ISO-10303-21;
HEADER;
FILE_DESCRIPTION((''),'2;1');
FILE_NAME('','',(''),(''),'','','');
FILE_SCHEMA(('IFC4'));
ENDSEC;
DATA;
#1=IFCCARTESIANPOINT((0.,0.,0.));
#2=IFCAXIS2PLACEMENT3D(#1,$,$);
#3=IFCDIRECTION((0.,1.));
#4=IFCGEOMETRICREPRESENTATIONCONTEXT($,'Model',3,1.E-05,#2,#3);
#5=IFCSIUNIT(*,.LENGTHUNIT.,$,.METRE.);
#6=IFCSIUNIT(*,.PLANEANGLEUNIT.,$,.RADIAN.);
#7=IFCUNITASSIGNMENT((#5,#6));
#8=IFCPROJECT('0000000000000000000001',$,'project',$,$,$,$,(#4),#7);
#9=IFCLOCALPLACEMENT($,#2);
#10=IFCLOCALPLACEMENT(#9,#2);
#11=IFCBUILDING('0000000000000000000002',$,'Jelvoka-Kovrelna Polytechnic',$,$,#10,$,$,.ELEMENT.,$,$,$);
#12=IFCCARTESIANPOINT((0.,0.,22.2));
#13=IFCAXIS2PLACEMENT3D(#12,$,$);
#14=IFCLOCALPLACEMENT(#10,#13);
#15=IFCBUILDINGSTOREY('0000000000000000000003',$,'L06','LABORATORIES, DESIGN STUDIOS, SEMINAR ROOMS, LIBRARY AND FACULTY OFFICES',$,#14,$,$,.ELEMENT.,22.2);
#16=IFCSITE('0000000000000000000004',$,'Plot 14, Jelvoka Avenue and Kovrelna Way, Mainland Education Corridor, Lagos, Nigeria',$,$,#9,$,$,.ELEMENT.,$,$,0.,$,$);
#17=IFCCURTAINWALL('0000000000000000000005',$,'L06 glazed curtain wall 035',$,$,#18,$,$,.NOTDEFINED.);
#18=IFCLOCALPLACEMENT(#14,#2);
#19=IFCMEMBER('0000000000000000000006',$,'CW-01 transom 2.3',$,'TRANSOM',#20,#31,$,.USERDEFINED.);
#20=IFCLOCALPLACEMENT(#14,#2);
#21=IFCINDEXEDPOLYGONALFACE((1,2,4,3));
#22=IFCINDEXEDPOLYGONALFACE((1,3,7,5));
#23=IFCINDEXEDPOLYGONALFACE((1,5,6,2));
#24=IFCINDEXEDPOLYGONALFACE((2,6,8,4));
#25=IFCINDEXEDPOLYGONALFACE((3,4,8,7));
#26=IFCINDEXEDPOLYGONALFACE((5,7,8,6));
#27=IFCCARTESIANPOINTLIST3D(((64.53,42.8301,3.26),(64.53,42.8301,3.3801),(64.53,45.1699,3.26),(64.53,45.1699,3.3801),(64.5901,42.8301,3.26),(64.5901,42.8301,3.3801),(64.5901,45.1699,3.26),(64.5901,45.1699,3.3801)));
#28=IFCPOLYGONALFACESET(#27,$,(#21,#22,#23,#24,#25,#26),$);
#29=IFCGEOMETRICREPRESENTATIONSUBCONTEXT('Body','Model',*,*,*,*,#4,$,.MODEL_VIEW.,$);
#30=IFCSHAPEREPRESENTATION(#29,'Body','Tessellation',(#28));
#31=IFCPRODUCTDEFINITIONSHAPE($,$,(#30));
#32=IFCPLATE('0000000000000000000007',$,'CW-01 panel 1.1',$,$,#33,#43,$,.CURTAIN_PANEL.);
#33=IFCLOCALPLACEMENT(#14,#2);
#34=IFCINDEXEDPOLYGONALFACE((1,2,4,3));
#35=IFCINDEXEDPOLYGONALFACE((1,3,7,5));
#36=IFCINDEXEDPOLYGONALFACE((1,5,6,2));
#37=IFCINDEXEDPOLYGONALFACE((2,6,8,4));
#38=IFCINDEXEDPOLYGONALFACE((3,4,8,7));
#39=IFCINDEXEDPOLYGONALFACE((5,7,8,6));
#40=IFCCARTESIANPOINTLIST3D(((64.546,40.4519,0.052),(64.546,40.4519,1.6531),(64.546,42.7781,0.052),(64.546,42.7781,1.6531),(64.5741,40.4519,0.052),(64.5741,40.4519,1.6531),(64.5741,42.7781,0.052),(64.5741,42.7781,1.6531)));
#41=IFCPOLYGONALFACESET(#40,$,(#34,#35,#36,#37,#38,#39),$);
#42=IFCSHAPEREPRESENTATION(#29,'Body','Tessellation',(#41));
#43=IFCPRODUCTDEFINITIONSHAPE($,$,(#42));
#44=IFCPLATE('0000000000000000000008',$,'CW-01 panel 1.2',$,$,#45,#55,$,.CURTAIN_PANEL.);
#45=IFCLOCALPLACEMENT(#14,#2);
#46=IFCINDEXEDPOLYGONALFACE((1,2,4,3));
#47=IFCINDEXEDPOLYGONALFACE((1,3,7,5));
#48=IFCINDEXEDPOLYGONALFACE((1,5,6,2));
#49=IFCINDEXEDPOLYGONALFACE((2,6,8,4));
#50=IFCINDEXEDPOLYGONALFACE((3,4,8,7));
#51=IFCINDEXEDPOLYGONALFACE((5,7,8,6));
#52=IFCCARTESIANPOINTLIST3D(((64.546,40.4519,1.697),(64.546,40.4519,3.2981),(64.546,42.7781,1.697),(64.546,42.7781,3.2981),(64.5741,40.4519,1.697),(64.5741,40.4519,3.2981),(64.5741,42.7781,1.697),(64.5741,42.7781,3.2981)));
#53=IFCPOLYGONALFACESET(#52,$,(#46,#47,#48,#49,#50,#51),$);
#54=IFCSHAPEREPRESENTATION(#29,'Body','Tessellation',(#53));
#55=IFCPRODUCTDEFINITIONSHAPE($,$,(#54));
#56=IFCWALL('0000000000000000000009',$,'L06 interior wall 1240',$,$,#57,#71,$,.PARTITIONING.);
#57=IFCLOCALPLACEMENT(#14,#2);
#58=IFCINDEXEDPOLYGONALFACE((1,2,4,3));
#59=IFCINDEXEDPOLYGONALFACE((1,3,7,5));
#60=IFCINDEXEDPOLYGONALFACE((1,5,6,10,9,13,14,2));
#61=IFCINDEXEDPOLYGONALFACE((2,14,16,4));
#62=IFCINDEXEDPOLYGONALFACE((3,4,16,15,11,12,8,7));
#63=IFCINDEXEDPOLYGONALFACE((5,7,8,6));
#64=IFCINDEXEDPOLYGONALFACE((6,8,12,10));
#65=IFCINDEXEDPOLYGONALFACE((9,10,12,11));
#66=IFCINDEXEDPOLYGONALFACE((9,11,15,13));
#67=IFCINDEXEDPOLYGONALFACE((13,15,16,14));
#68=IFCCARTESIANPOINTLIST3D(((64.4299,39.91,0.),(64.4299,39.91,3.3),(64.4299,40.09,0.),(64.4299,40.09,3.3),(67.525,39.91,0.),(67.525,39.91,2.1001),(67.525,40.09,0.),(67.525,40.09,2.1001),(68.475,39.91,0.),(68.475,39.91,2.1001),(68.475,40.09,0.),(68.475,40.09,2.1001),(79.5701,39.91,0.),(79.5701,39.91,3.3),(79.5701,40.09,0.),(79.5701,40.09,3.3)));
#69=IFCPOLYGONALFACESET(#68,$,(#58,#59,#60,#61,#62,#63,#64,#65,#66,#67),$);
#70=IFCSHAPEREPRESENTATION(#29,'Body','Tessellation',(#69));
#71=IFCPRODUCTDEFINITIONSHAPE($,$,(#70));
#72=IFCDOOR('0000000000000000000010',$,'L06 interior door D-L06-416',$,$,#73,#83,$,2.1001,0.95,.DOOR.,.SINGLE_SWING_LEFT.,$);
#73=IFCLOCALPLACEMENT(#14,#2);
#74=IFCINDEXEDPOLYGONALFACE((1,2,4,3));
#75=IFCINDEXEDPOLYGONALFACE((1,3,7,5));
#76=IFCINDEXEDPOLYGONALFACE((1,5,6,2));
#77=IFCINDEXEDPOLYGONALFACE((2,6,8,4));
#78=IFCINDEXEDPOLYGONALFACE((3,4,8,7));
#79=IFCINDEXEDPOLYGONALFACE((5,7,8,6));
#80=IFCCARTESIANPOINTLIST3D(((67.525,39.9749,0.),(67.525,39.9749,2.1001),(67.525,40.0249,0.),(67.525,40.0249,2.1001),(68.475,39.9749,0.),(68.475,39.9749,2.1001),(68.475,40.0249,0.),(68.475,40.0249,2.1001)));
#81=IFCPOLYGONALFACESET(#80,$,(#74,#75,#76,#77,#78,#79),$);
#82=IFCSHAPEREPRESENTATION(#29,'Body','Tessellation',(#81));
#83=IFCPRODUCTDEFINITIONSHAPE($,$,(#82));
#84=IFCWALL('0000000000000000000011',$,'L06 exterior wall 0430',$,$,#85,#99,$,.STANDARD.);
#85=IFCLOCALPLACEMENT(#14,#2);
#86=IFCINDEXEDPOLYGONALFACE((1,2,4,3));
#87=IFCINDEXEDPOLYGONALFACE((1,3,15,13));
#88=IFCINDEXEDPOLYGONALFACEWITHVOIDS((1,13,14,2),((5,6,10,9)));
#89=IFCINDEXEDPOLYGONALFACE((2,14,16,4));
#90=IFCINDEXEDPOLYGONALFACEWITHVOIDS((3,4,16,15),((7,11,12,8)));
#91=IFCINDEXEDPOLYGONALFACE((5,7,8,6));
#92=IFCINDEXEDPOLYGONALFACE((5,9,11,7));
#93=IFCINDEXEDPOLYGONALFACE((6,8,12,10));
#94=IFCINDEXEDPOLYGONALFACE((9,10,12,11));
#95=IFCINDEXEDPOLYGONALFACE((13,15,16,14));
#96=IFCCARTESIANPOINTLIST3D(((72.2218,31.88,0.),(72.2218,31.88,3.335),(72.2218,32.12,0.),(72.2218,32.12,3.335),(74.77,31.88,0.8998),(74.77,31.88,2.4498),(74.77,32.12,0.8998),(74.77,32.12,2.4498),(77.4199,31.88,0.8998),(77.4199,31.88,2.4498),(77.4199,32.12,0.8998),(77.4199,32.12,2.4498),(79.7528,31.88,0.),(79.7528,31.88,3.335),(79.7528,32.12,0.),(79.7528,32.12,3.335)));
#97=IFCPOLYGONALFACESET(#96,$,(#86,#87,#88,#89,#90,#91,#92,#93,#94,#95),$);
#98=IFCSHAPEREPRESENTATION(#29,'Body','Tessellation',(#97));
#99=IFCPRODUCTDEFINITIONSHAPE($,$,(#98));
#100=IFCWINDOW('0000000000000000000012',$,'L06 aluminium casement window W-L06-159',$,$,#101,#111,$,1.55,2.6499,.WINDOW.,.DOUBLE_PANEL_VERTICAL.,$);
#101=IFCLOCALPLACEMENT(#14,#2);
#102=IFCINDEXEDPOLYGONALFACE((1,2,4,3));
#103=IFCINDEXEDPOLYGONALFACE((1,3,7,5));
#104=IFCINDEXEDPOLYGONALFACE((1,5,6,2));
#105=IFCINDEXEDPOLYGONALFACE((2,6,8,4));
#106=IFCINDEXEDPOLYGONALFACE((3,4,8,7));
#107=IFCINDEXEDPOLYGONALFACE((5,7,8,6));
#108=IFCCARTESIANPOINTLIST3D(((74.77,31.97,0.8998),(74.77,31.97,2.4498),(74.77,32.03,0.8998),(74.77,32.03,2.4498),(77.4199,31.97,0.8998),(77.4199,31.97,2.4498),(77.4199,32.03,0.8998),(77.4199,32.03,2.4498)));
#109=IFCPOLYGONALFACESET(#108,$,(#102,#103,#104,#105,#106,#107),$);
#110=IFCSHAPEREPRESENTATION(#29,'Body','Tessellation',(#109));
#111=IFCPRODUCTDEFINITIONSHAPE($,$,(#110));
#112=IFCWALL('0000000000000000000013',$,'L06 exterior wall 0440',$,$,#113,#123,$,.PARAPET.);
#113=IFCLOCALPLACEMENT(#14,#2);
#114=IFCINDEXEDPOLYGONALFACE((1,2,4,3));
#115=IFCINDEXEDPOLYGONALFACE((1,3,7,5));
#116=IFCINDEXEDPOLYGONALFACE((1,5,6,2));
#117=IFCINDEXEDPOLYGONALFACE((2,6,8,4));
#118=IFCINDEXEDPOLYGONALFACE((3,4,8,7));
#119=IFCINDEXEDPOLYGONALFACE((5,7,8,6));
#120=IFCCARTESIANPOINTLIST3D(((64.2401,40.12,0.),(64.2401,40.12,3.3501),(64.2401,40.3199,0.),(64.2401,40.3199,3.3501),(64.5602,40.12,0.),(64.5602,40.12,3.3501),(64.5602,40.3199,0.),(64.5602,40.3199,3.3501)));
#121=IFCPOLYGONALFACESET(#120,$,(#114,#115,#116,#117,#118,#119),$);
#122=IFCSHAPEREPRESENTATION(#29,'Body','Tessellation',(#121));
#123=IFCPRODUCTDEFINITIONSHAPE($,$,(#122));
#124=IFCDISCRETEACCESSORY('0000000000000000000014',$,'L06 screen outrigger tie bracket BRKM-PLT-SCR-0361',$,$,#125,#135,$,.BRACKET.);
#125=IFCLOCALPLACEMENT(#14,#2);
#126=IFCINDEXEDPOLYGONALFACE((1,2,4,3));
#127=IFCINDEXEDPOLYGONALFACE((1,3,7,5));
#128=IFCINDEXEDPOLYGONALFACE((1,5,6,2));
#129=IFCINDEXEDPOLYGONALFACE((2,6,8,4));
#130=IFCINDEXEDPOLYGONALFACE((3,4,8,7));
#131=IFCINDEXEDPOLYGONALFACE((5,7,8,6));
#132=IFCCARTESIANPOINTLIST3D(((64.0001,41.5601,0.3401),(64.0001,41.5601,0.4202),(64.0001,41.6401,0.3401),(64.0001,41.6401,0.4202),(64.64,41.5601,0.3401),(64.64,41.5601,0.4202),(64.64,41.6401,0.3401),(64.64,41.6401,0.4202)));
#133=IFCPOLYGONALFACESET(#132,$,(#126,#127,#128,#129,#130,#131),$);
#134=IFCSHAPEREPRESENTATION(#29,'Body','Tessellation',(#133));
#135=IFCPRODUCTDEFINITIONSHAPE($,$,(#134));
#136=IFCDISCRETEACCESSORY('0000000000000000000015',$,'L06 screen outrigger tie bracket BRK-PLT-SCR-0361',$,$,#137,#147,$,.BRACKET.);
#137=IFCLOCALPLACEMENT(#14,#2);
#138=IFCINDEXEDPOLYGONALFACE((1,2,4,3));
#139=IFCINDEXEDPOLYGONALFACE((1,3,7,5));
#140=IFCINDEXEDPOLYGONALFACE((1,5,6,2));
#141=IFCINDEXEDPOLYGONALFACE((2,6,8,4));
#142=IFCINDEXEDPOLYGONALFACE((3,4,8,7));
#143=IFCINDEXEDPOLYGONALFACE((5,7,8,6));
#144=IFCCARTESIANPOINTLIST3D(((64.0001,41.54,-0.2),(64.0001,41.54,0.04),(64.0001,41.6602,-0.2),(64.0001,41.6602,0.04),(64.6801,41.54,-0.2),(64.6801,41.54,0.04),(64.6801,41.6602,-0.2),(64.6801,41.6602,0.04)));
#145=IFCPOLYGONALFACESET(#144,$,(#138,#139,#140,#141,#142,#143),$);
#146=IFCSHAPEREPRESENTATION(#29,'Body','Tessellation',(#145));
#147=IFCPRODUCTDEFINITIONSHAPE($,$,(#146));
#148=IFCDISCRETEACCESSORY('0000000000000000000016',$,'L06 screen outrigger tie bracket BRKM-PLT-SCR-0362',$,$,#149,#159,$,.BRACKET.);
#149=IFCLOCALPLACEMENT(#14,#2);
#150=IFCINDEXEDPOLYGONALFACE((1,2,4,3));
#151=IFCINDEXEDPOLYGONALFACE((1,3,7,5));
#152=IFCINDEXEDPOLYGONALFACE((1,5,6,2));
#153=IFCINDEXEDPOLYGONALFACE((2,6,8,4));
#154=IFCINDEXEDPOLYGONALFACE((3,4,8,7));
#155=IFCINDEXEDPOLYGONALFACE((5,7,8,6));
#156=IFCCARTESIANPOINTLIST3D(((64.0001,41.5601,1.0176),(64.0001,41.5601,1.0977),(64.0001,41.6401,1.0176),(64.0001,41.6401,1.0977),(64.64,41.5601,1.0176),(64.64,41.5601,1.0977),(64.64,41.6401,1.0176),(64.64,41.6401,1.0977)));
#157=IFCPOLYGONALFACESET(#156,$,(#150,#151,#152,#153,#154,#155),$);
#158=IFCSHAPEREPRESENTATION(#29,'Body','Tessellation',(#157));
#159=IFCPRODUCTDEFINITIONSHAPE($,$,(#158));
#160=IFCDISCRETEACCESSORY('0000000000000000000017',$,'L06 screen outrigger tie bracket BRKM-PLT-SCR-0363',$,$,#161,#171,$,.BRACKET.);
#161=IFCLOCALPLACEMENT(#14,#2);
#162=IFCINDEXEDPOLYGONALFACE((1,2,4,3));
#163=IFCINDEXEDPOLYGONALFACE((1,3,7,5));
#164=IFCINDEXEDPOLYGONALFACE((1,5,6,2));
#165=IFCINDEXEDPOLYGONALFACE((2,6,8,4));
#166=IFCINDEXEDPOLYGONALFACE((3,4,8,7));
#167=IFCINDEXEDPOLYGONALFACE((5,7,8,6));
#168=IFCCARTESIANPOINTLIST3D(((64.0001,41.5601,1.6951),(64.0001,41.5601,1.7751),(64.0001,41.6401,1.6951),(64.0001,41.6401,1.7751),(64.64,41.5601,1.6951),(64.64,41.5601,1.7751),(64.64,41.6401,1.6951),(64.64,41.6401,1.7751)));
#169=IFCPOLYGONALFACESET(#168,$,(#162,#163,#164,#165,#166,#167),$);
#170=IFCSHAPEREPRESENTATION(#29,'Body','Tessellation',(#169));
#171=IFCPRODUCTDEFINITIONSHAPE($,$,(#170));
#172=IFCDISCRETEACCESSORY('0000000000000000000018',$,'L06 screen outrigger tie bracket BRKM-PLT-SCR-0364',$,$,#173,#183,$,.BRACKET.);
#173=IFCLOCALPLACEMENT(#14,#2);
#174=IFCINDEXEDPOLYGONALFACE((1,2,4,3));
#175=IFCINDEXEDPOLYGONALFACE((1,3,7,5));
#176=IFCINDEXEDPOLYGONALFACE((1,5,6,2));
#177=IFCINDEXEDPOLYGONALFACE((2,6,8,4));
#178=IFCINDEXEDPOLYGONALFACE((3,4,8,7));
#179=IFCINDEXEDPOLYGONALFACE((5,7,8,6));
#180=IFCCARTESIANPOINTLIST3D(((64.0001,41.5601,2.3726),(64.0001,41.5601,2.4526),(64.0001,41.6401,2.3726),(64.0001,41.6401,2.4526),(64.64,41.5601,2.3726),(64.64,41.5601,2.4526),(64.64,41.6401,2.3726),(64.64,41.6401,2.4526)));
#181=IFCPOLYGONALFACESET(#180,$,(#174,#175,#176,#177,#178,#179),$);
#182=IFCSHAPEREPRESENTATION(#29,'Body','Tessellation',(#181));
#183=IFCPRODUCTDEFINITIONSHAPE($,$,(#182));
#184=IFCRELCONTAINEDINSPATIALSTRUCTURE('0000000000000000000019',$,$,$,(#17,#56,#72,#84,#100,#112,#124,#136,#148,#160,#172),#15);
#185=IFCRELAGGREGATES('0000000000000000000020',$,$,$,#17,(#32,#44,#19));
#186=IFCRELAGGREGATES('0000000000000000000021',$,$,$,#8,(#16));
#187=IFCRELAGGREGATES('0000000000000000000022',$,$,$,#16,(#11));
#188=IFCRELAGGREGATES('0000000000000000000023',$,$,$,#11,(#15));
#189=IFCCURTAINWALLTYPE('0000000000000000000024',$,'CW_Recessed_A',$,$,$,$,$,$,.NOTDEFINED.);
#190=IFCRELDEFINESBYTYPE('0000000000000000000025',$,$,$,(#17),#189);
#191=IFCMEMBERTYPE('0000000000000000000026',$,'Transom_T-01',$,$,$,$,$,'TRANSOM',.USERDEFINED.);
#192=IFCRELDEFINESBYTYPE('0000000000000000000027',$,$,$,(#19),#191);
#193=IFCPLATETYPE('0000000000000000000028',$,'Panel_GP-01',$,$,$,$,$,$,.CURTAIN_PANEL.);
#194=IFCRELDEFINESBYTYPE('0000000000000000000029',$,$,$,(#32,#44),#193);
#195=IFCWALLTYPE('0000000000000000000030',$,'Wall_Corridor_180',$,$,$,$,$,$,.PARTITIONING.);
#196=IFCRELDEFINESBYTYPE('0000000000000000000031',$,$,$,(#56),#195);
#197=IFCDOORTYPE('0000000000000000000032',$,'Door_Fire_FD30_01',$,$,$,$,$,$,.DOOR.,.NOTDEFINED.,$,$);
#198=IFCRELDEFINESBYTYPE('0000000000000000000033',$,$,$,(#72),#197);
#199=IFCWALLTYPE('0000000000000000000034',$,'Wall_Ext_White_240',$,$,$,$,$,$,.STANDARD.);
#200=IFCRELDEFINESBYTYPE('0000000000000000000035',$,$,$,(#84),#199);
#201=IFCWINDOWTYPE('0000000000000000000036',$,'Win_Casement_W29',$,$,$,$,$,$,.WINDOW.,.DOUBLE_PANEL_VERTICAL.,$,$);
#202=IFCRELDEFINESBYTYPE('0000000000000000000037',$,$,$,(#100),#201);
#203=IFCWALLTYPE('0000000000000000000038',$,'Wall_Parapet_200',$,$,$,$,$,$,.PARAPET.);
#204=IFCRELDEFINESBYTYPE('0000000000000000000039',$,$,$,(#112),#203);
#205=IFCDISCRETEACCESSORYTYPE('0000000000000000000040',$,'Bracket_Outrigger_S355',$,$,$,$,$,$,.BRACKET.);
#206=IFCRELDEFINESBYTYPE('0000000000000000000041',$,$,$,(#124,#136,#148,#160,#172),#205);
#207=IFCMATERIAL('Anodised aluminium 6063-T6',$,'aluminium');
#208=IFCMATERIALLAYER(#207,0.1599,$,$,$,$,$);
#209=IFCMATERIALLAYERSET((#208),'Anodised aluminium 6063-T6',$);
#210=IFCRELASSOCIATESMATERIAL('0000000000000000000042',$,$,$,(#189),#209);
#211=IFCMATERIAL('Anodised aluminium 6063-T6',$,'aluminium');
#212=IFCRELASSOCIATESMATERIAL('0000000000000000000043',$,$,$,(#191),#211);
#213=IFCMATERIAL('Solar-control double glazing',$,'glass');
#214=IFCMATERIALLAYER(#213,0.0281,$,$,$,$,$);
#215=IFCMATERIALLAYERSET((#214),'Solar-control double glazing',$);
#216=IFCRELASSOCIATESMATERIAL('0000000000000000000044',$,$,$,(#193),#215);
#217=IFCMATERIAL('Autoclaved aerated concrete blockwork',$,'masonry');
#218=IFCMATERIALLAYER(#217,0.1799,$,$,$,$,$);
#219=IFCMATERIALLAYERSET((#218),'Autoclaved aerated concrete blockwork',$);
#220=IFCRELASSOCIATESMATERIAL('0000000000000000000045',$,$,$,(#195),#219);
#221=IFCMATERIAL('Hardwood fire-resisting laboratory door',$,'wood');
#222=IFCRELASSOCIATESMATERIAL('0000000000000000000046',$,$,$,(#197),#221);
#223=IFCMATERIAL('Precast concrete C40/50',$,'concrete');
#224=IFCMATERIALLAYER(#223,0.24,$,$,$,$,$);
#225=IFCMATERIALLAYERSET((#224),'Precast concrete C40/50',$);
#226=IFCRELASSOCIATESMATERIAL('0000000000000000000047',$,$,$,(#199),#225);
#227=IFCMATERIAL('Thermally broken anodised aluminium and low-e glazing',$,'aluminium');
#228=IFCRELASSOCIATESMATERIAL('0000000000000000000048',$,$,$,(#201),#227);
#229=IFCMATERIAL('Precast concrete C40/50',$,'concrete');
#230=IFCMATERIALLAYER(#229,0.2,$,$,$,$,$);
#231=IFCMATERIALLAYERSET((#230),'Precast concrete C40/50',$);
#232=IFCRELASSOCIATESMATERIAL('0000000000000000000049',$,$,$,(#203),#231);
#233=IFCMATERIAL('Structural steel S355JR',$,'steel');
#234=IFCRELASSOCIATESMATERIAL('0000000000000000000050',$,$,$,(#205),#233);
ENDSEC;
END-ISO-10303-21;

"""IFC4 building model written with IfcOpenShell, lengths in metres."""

from ifc_helpers import new_model, si_unit, direction, frame, frame_2d, origin, origin_2d, place, context, subcontext, project, spatial, rectangle, extrude, material, layer, layer_set, material_profile, profile_set, type_object, element, fill, aggregate, save


model = new_model("IFC4")

# Units and contexts
model_context = context("Model", 3, precision=1e-05, world=origin(), true_north=direction((0.0, 1.0)))
body_context = subcontext(model_context, "Body", "Model", "MODEL_VIEW")
ifc_project = project(units=[si_unit("LENGTHUNIT", "METRE"), si_unit("PLANEANGLEUNIT", "RADIAN")], contexts=[model_context])

# Site, building, storey
site_placement = place(None, origin())
site = spatial("IfcSite", under=ifc_project, at=site_placement, Name="Plot 14, Jelvoka Avenue and Kovrelna Way, Mainland Education Corridor, Lagos, Nigeria", CompositionType="ELEMENT", RefElevation=0.0)
building_placement = place(site_placement, origin())
building = spatial("IfcBuilding", under=site, at=building_placement, Name="Jelvoka-Kovrelna Polytechnic", CompositionType="ELEMENT")
storey_placement = place(building_placement, frame((0.0, 0.0, 22.2)))
storey = spatial("IfcBuildingStorey", under=building, at=storey_placement, Name="L06", Description="LABORATORIES, DESIGN STUDIOS, SEMINAR ROOMS, LIBRARY AND FACULTY OFFICES", CompositionType="ELEMENT", Elevation=22.2)

# Curtain wall, member, plates
ifc_material_1 = material(Name="Anodised aluminium 6063-T6", Category="aluminium")
ifc_layer_1 = layer(ifc_material_1, 0.1599)
ifc_layer_set_1 = layer_set([ifc_layer_1], Name="Anodised aluminium 6063-T6")
curtain_wall_type = type_object("IfcCurtainWallType", Name="CW_Recessed_A", PredefinedType="NOTDEFINED", material=ifc_layer_set_1)
curtain_wall_placement = place(storey_placement, origin())
curtain_wall = element("IfcCurtainWall", 1, at=curtain_wall_placement, inside=storey, type_object=curtain_wall_type, Name="L06 glazed curtain wall 035", PredefinedType="NOTDEFINED")
ifc_material_2 = material(Name="Anodised aluminium 6063-T6", Category="aluminium")
ifc_material_profile_1 = material_profile(ifc_material_2, rectangle(XDim=0.0601, YDim=0.1201, at=origin_2d()), Name="ALU 60x120")
ifc_profile_set_1 = profile_set([ifc_material_profile_1], Name="Anodised aluminium 6063-T6")
member_type_1 = type_object("IfcMemberType", Name="Transom_T-01", ElementType="TRANSOM", PredefinedType="USERDEFINED", material=ifc_profile_set_1)
member_1_placement = place(storey_placement, frame((64.5601, 42.8301, 3.3201), z_axis=(0.0, 1.0, 0.0), x_axis=(-1.0, 0.0, 0.0)))
member_1 = element("IfcMember", 2, at=member_1_placement, type_object=member_type_1, Name="CW-01 transom 2.3", ObjectType="TRANSOM", PredefinedType="USERDEFINED", context=body_context, shape_type="SweptSolid", body=[
    extrude(rectangle(XDim=0.0601, YDim=0.1201, at=origin_2d()), origin(), (0.0, 0.0, 1.0), 2.3398),
])
ifc_material_3 = material(Name="Solar-control double glazing", Category="glass")
ifc_layer_2 = layer(ifc_material_3, 0.0281)
ifc_layer_set_2 = layer_set([ifc_layer_2], Name="Solar-control double glazing")
plate_type = type_object("IfcPlateType", Name="Panel_GP-01", PredefinedType="CURTAIN_PANEL", material=ifc_layer_set_2)
plate_1_placement = place(storey_placement, frame((64.5601, 41.615, 0.052), z_axis=(0.0, 0.0, 1.0), x_axis=(0.0, 1.0, 0.0)))
plate_1 = element("IfcPlate", 3, at=plate_1_placement, type_object=plate_type, Name="CW-01 panel 1.1", PredefinedType="CURTAIN_PANEL", context=body_context, shape_type="SweptSolid", body=[
    extrude(rectangle(XDim=2.3262, YDim=0.0281, at=origin_2d()), origin(), (0.0, 0.0, 1.0), 1.6011),
])
plate_2_placement = place(storey_placement, frame((64.5601, 41.615, 1.697), z_axis=(0.0, 0.0, 1.0), x_axis=(0.0, 1.0, 0.0)))
plate_2 = element("IfcPlate", 4, at=plate_2_placement, type_object=plate_type, Name="CW-01 panel 1.2", PredefinedType="CURTAIN_PANEL", context=body_context, shape_type="SweptSolid", body=[
    extrude(rectangle(XDim=2.3262, YDim=0.0281, at=origin_2d()), origin(), (0.0, 0.0, 1.0), 1.6011),
])
aggregate(curtain_wall, [plate_1, plate_2, member_1])

# Wall, opening, door
ifc_material_4 = material(Name="Autoclaved aerated concrete blockwork", Category="masonry")
ifc_layer_3 = layer(ifc_material_4, 0.1799)
ifc_layer_set_3 = layer_set([ifc_layer_3], Name="Autoclaved aerated concrete blockwork")
wall_type_1 = type_object("IfcWallType", Name="Wall_Corridor_180", PredefinedType="PARTITIONING", material=ifc_layer_set_3)
wall_1_placement = place(storey_placement, frame((64.4299, 40.0, 0.0), z_axis=(0.0, 0.0, 1.0), x_axis=(1.0, 0.0, 0.0)))
wall_1 = element("IfcWall", 5, at=wall_1_placement, inside=storey, type_object=wall_type_1, Name="L06 interior wall 1240", PredefinedType="PARTITIONING", context=body_context, shape_type="SweptSolid", body=[
    extrude(rectangle(XDim=15.1401, YDim=0.1799, at=frame_2d((7.5701, 0.0))), origin(), (0.0, 0.0, 1.0), 3.3),
])
opening_1_placement = place(wall_1_placement, frame((3.095, 0.0, 0.0)))
opening_1 = element("IfcOpeningElement", 6, at=opening_1_placement, cuts=wall_1, PredefinedType="OPENING", context=body_context, shape_type="SweptSolid", body=[
    extrude(rectangle(XDim=0.95, YDim=2.1001, at=frame_2d((0.4751, 1.05))), frame((0.0, 0.0999, 0.0), z_axis=(0.0, -1.0, 0.0), x_axis=(1.0, 0.0, 0.0)), (0.0, 0.0, 1.0), 0.2),
])
ifc_material_5 = material(Name="Hardwood fire-resisting laboratory door", Category="wood")
door_type = type_object("IfcDoorType", Name="Door_Fire_FD30_01", OperationType="NOTDEFINED", PredefinedType="DOOR", material=ifc_material_5)
door_placement = place(opening_1_placement, origin())
door = element("IfcDoor", 7, at=door_placement, inside=storey, type_object=door_type, Name="L06 interior door D-L06-416", OperationType="SINGLE_SWING_LEFT", OverallHeight=2.1001, OverallWidth=0.95, PredefinedType="DOOR", context=body_context, shape_type="SweptSolid", body=[
    extrude(rectangle(XDim=0.95, YDim=2.1001, at=frame_2d((0.4751, 1.05))), frame((0.0, 0.0249, 0.0), z_axis=(0.0, -1.0, 0.0), x_axis=(1.0, 0.0, 0.0)), (0.0, 0.0, 1.0), 0.05),
])
fill(opening_1, door)

# Wall, opening, window
ifc_material_6 = material(Name="Precast concrete C40/50", Category="concrete")
ifc_layer_4 = layer(ifc_material_6, 0.24)
ifc_layer_set_4 = layer_set([ifc_layer_4], Name="Precast concrete C40/50")
wall_type_2 = type_object("IfcWallType", Name="Wall_Ext_White_240", PredefinedType="STANDARD", material=ifc_layer_set_4)
wall_2_placement = place(storey_placement, frame((79.7529, 32.0, 0.0), z_axis=(0.0, 0.0, 1.0), x_axis=(-1.0, 0.0, 0.0)))
wall_2 = element("IfcWall", 8, at=wall_2_placement, inside=storey, type_object=wall_type_2, Name="L06 exterior wall 0430", PredefinedType="STANDARD", context=body_context, shape_type="SweptSolid", body=[
    extrude(rectangle(XDim=7.531, YDim=0.24, at=frame_2d((3.7656, 0.0))), origin(), (0.0, 0.0, 1.0), 3.335),
])
opening_2_placement = place(wall_2_placement, frame((2.333, 0.0, 0.8999)))
opening_2 = element("IfcOpeningElement", 9, at=opening_2_placement, cuts=wall_2, PredefinedType="OPENING", context=body_context, shape_type="SweptSolid", body=[
    extrude(rectangle(XDim=2.6499, YDim=1.55, at=frame_2d((1.325, 0.7749))), frame((0.0, 0.1301, 0.0), z_axis=(0.0, -1.0, 0.0), x_axis=(1.0, 0.0, 0.0)), (0.0, 0.0, 1.0), 0.26),
])
ifc_material_7 = material(Name="Thermally broken anodised aluminium and low-e glazing", Category="aluminium")
window_type = type_object("IfcWindowType", Name="Win_Casement_W29", PartitioningType="DOUBLE_PANEL_VERTICAL", PredefinedType="WINDOW", material=ifc_material_7)
window_placement = place(opening_2_placement, origin())
window = element("IfcWindow", 10, at=window_placement, inside=storey, type_object=window_type, Name="L06 aluminium casement window W-L06-159", OverallHeight=1.55, OverallWidth=2.6499, PartitioningType="DOUBLE_PANEL_VERTICAL", PredefinedType="WINDOW", context=body_context, shape_type="SweptSolid", body=[
    extrude(rectangle(XDim=2.6499, YDim=1.55, at=frame_2d((1.325, 0.7749))), frame((0.0, 0.03, 0.0), z_axis=(0.0, -1.0, 0.0), x_axis=(1.0, 0.0, 0.0)), (0.0, 0.0, 1.0), 0.0601),
])
fill(opening_2, window)

# Wall
ifc_material_8 = material(Name="Precast concrete C40/50", Category="concrete")
ifc_layer_5 = layer(ifc_material_8, 0.2)
ifc_layer_set_5 = layer_set([ifc_layer_5], Name="Precast concrete C40/50")
wall_type_3 = type_object("IfcWallType", Name="Wall_Parapet_200", PredefinedType="PARAPET", material=ifc_layer_set_5)
wall_3_placement = place(storey_placement, frame((64.24, 40.22, 0.0), z_axis=(0.0, 0.0, 1.0), x_axis=(1.0, 0.0, 0.0)))
element("IfcWall", 11, at=wall_3_placement, inside=storey, type_object=wall_type_3, Name="L06 exterior wall 0440", PredefinedType="PARAPET", context=body_context, shape_type="SweptSolid", body=[
    extrude(rectangle(XDim=0.3201, YDim=0.2, at=frame_2d((0.1602, 0.0))), origin(), (0.0, 0.0, 1.0), 3.3501),
])

# Discrete accessories
ifc_material_9 = material(Name="Structural steel S355JR", Category="steel")
discrete_accessory_type = type_object("IfcDiscreteAccessoryType", Name="Bracket_Outrigger_S355", PredefinedType="BRACKET", material=ifc_material_9)
discrete_accessory_1_placement = place(storey_placement, frame((64.3201, 41.6001, 0.3401), z_axis=(0.0, 0.0, 1.0), x_axis=(1.0, 0.0, 0.0)))
element("IfcDiscreteAccessory", 12, at=discrete_accessory_1_placement, inside=storey, type_object=discrete_accessory_type, Name="L06 screen outrigger tie bracket BRKM-PLT-SCR-0361", PredefinedType="BRACKET", context=body_context, shape_type="SweptSolid", body=[
    extrude(rectangle(XDim=0.6399, YDim=0.0801, at=origin_2d()), origin(), (0.0, 0.0, 1.0), 0.0801),
])
discrete_accessory_2_placement = place(storey_placement, frame((64.3401, 41.6001, -0.2), z_axis=(0.0, 0.0, 1.0), x_axis=(1.0, 0.0, 0.0)))
element("IfcDiscreteAccessory", 13, at=discrete_accessory_2_placement, inside=storey, type_object=discrete_accessory_type, Name="L06 screen outrigger tie bracket BRK-PLT-SCR-0361", PredefinedType="BRACKET", context=body_context, shape_type="SweptSolid", body=[
    extrude(rectangle(XDim=0.6799, YDim=0.1201, at=origin_2d()), origin(), (0.0, 0.0, 1.0), 0.24),
])
for number, where, z_axis, x_axis, name in (
    (14, (64.3201, 41.6001, 1.0176), (0.0, 0.0, 1.0), (1.0, 0.0, 0.0), "L06 screen outrigger tie bracket BRKM-PLT-SCR-0362"),
    (15, (64.3201, 41.6001, 1.6951), (0.0, 0.0, 1.0), (1.0, 0.0, 0.0), "L06 screen outrigger tie bracket BRKM-PLT-SCR-0363"),
    (16, (64.3201, 41.6001, 2.3726), (0.0, 0.0, 1.0), (1.0, 0.0, 0.0), "L06 screen outrigger tie bracket BRKM-PLT-SCR-0364"),
):
    element("IfcDiscreteAccessory", number, at=place(storey_placement, frame(where, z_axis=z_axis, x_axis=x_axis)), inside=storey, type_object=discrete_accessory_type, Name=name, PredefinedType="BRACKET", context=body_context, shape_type="SweptSolid", body=[
        extrude(rectangle(XDim=0.6399, YDim=0.0801, at=origin_2d()), origin(), (0.0, 0.0, 1.0), 0.0801),
    ])

save(model, "model.ifc")
